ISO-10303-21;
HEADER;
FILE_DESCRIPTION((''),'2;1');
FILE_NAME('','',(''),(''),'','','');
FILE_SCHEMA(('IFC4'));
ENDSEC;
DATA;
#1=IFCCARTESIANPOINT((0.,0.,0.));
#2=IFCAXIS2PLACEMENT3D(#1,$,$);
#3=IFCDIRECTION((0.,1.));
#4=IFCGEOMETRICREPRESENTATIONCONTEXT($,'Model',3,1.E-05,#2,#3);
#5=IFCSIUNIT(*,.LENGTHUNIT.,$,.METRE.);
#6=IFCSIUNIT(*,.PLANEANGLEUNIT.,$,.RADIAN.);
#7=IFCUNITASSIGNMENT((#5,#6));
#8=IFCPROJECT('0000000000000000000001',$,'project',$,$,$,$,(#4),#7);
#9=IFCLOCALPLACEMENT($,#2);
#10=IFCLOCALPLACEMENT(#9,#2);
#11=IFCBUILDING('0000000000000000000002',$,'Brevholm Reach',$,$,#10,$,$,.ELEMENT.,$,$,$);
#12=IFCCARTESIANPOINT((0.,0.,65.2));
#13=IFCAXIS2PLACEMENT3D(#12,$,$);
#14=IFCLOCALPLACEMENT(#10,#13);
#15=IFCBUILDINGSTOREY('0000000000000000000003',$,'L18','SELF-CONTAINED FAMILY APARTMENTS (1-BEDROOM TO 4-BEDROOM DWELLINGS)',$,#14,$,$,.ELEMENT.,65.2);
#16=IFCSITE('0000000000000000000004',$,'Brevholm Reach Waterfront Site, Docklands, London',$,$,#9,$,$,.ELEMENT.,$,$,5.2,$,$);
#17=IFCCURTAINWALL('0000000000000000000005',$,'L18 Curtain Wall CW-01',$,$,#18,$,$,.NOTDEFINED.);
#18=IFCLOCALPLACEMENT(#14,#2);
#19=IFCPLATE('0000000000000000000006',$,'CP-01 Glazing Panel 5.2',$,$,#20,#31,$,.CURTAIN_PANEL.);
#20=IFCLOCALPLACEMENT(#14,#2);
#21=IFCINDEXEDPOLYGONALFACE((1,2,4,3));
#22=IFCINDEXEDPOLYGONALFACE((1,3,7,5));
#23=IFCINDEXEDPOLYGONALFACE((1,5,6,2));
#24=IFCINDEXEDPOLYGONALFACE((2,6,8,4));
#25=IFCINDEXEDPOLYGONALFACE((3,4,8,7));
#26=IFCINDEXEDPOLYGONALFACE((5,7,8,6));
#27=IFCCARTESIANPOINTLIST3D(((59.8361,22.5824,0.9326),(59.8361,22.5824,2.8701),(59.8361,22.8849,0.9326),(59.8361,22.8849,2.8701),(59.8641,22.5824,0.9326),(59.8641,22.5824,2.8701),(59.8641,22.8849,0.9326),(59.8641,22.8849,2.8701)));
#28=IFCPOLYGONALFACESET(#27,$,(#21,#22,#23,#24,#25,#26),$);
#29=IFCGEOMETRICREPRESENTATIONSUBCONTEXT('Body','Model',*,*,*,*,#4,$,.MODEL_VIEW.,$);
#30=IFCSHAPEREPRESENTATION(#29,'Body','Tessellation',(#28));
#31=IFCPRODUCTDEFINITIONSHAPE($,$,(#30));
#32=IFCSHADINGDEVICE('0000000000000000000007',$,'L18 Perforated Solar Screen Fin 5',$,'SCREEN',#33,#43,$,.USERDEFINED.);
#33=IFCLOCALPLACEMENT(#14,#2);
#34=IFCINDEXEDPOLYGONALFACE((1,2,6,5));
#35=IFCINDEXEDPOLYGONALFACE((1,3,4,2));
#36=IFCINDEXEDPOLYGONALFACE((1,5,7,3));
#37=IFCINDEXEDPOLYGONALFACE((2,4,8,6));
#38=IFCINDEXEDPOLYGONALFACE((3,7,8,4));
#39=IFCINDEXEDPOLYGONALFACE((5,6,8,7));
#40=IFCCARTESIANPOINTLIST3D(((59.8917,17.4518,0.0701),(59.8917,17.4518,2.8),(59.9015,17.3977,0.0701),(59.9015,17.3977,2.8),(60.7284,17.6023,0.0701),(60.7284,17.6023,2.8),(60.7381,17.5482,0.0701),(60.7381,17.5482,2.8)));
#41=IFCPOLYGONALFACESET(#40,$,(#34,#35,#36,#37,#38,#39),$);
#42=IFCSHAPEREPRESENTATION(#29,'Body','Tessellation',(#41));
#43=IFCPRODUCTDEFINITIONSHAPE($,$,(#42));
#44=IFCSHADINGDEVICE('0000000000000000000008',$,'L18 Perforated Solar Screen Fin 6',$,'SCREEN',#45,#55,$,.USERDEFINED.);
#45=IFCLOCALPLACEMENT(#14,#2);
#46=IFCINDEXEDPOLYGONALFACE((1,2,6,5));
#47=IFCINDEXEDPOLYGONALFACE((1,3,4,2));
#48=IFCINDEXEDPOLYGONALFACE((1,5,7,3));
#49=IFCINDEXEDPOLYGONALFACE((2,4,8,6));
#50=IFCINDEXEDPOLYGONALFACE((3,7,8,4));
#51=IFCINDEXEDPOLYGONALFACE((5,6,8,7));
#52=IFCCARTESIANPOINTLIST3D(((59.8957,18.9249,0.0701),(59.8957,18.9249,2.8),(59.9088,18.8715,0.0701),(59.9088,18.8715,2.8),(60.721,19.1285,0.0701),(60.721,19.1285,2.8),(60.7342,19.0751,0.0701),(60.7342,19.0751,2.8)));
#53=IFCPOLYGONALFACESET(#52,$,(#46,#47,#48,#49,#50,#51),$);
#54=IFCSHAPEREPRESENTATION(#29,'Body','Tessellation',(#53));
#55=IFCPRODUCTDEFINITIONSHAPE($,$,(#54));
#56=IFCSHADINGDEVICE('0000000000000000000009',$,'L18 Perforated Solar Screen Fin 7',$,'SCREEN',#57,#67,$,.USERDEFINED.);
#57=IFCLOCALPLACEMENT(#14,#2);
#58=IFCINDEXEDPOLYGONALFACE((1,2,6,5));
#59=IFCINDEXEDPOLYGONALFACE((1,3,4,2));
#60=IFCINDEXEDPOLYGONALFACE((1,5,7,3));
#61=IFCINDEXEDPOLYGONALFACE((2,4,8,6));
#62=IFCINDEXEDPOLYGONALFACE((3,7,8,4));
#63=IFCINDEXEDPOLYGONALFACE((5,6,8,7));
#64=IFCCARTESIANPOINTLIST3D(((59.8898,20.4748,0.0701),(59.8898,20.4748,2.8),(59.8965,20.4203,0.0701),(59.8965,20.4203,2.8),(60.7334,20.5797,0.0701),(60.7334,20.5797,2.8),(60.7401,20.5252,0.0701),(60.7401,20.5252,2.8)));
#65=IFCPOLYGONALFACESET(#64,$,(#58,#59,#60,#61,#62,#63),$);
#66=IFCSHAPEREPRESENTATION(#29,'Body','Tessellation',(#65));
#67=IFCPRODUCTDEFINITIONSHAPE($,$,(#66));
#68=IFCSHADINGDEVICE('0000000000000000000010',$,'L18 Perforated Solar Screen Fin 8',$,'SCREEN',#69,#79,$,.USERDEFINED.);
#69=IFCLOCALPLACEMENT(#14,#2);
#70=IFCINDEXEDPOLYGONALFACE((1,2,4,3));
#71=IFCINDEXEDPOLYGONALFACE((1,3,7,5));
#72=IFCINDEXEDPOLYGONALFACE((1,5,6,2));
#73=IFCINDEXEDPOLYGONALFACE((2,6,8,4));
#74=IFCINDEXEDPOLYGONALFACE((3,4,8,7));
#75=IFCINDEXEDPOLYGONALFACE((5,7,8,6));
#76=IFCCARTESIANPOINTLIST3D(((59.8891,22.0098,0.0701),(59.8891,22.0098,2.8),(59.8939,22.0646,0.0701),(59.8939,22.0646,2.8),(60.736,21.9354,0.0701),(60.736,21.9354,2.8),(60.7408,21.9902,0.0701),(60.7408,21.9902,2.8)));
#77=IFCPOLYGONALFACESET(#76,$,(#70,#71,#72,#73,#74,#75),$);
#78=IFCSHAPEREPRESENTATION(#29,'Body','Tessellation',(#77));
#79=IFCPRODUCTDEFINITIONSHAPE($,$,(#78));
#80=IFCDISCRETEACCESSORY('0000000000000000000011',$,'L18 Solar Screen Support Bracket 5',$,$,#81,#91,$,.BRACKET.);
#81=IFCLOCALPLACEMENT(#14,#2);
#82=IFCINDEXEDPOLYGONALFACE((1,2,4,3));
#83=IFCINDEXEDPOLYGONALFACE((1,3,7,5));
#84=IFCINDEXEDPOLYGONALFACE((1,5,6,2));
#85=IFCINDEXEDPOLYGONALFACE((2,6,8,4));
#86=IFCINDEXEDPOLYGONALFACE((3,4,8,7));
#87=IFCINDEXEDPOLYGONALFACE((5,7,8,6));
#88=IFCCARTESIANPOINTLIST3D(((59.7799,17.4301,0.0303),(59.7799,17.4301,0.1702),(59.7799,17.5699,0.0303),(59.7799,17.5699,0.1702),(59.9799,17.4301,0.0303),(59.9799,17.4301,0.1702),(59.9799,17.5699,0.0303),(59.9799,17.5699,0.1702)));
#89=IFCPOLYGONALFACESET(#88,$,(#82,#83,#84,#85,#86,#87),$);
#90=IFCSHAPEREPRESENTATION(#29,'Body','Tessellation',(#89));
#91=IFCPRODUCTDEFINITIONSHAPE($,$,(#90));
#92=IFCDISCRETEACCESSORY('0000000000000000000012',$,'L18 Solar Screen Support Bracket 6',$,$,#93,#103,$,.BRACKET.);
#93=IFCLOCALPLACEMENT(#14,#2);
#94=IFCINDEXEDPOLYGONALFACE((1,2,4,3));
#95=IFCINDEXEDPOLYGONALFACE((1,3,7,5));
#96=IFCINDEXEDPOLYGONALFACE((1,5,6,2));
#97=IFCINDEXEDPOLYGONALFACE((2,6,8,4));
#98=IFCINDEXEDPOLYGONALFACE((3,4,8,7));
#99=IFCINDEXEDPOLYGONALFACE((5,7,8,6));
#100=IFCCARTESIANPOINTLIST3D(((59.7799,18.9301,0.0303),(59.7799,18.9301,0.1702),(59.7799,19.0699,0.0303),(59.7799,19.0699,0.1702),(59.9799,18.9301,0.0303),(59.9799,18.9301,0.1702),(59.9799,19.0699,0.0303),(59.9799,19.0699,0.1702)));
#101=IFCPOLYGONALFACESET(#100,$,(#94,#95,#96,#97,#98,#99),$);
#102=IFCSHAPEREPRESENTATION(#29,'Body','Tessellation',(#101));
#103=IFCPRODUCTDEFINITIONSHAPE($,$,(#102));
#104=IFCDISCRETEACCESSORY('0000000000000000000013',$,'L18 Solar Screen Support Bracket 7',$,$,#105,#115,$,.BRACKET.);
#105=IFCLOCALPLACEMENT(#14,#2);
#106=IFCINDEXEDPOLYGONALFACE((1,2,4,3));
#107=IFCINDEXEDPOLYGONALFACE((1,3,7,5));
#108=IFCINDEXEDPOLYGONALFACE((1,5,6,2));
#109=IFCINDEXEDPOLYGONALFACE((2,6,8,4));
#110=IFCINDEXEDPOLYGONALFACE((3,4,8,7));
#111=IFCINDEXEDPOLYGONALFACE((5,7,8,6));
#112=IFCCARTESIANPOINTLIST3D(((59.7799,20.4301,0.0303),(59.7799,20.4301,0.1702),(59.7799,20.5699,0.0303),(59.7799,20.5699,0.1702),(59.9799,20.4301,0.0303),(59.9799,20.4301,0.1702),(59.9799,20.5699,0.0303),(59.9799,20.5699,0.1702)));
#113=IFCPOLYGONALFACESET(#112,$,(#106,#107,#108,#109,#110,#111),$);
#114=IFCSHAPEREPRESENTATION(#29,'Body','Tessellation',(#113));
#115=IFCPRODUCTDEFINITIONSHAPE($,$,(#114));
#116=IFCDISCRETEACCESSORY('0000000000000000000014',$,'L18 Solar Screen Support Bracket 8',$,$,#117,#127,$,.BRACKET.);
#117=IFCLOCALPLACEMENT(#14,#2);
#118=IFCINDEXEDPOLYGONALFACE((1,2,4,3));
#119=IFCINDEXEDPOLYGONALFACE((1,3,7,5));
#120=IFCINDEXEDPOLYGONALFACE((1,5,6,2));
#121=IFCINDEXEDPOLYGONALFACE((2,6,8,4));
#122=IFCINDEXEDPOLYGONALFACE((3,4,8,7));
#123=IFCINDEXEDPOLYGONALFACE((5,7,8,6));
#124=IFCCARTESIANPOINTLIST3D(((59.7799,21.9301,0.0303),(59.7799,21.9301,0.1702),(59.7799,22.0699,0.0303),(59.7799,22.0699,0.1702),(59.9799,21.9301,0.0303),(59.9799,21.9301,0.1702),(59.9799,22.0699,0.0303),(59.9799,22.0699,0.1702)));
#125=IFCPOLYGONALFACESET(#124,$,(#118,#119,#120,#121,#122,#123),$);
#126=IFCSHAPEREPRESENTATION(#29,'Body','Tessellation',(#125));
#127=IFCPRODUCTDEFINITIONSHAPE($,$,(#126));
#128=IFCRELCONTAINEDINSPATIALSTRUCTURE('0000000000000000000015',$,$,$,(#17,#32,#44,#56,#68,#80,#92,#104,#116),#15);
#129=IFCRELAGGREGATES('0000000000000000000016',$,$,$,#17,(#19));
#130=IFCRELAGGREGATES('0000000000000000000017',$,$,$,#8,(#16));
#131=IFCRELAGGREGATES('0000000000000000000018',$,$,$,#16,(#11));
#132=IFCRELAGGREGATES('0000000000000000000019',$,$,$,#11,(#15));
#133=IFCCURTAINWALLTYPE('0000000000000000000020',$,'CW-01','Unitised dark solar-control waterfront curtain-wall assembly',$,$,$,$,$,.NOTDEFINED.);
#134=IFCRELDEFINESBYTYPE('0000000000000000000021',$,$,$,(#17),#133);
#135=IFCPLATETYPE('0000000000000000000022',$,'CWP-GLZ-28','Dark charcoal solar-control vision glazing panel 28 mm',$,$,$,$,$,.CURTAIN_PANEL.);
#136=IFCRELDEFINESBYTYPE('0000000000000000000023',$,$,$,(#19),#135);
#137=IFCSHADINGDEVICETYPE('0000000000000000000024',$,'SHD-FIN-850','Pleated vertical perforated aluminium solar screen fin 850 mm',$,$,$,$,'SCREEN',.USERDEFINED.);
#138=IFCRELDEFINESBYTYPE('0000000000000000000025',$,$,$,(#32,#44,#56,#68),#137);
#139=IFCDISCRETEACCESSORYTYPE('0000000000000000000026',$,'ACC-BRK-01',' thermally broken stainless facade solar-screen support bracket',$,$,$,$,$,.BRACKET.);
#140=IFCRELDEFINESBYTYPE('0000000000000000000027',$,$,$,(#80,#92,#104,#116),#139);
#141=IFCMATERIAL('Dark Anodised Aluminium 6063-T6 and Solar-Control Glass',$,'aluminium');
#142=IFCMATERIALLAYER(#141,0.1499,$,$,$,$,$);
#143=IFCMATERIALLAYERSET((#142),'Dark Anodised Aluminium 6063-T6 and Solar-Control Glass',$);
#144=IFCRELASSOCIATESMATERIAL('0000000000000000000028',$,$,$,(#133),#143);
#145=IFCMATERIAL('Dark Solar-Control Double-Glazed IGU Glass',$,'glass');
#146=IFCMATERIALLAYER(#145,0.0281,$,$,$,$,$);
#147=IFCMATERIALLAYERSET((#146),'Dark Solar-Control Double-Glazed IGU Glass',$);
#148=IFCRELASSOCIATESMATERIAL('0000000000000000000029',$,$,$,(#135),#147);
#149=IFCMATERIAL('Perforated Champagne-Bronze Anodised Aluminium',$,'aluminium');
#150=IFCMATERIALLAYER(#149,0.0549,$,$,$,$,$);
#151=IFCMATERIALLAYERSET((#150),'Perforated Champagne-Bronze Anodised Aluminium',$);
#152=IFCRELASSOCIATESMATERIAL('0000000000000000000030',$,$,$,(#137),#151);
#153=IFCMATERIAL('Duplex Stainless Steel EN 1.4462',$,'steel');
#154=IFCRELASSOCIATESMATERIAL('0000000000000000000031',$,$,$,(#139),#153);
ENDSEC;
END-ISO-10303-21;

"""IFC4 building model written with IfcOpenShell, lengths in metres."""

from ifc_helpers import new_model, si_unit, direction, frame, origin, origin_2d, place, context, subcontext, project, spatial, rectangle, extrude, material, layer, layer_set, type_object, element, aggregate, save


model = new_model("IFC4")

# Units and contexts
model_context = context("Model", 3, precision=1e-05, world=origin(), true_north=direction((0.0, 1.0)))
body_context = subcontext(model_context, "Body", "Model", "MODEL_VIEW")
ifc_project = project(units=[si_unit("LENGTHUNIT", "METRE"), si_unit("PLANEANGLEUNIT", "RADIAN")], contexts=[model_context])

# Site, building, storey
site_placement = place(None, origin())
site = spatial("IfcSite", under=ifc_project, at=site_placement, Name="Brevholm Reach Waterfront Site, Docklands, London", CompositionType="ELEMENT", RefElevation=5.2)
building_placement = place(site_placement, origin())
building = spatial("IfcBuilding", under=site, at=building_placement, Name="Brevholm Reach", CompositionType="ELEMENT")
storey_placement = place(building_placement, frame((0.0, 0.0, 65.2)))
storey = spatial("IfcBuildingStorey", under=building, at=storey_placement, Name="L18", Description="SELF-CONTAINED FAMILY APARTMENTS (1-BEDROOM TO 4-BEDROOM DWELLINGS)", CompositionType="ELEMENT", Elevation=65.2)

# Curtain wall, plate
ifc_material_1 = material(Name="Dark Anodised Aluminium 6063-T6 and Solar-Control Glass", Category="aluminium")
ifc_layer_1 = layer(ifc_material_1, 0.1499)
ifc_layer_set_1 = layer_set([ifc_layer_1], Name="Dark Anodised Aluminium 6063-T6 and Solar-Control Glass")
curtain_wall_type = type_object("IfcCurtainWallType", Name="CW-01", Description="Unitised dark solar-control waterfront curtain-wall assembly", PredefinedType="NOTDEFINED", material=ifc_layer_set_1)
curtain_wall_placement = place(storey_placement, origin())
curtain_wall = element("IfcCurtainWall", 1, at=curtain_wall_placement, inside=storey, type_object=curtain_wall_type, Name="L18 Curtain Wall CW-01", PredefinedType="NOTDEFINED")
ifc_material_2 = material(Name="Dark Solar-Control Double-Glazed IGU Glass", Category="glass")
ifc_layer_2 = layer(ifc_material_2, 0.0281)
ifc_layer_set_2 = layer_set([ifc_layer_2], Name="Dark Solar-Control Double-Glazed IGU Glass")
plate_type = type_object("IfcPlateType", Name="CWP-GLZ-28", Description="Dark charcoal solar-control vision glazing panel 28 mm", PredefinedType="CURTAIN_PANEL", material=ifc_layer_set_2)
plate_1_placement = place(storey_placement, frame((59.8501, 22.7336, 0.9326), z_axis=(0.0, 0.0, 1.0), x_axis=(0.0, 1.0, 0.0)))
plate_1 = element("IfcPlate", 2, at=plate_1_placement, type_object=plate_type, Name="CP-01 Glazing Panel 5.2", PredefinedType="CURTAIN_PANEL", context=body_context, shape_type="SweptSolid", body=[
    extrude(rectangle(XDim=0.3025, YDim=0.0281, at=origin_2d()), origin(), (0.0, 0.0, 1.0), 1.9375),
])
aggregate(curtain_wall, [plate_1])

# Shading devices
ifc_material_3 = material(Name="Perforated Champagne-Bronze Anodised Aluminium", Category="aluminium")
ifc_layer_3 = layer(ifc_material_3, 0.0549)
ifc_layer_set_3 = layer_set([ifc_layer_3], Name="Perforated Champagne-Bronze Anodised Aluminium")
shading_device_type = type_object("IfcShadingDeviceType", Name="SHD-FIN-850", Description="Pleated vertical perforated aluminium solar screen fin 850 mm", ElementType="SCREEN", PredefinedType="USERDEFINED", material=ifc_layer_set_3)
for number, where, z_axis, x_axis, name in (
    (3, (60.3149, 17.5, 0.0701), (0.0, 0.0, 1.0), (0.984214, 0.176982, 0.0), "L18 Perforated Solar Screen Fin 5"),
    (4, (60.3149, 19.0, 0.0701), (0.0, 0.0, 1.0), (0.970892, 0.239516, 0.0), "L18 Perforated Solar Screen Fin 6"),
    (5, (60.3149, 20.5, 0.0701), (0.0, 0.0, 1.0), (0.99236, 0.123376, 0.0), "L18 Perforated Solar Screen Fin 7"),
    (6, (60.3149, 22.0, 0.0701), (0.0, 0.0, 1.0), (0.996163, -0.087521, 0.0), "L18 Perforated Solar Screen Fin 8"),
):
    element("IfcShadingDevice", number, at=place(storey_placement, frame(where, z_axis=z_axis, x_axis=x_axis)), inside=storey, type_object=shading_device_type, Name=name, ObjectType="SCREEN", PredefinedType="USERDEFINED", context=body_context, shape_type="SweptSolid", body=[
        extrude(rectangle(XDim=0.8501, YDim=0.0549, at=origin_2d()), origin(), (0.0, 0.0, 1.0), 2.73),
    ])

# Discrete accessories
ifc_material_4 = material(Name="Duplex Stainless Steel EN 1.4462", Category="steel")
discrete_accessory_type = type_object("IfcDiscreteAccessoryType", Name="ACC-BRK-01", Description=" thermally broken stainless facade solar-screen support bracket", PredefinedType="BRACKET", material=ifc_material_4)
for number, where, z_axis, x_axis, name in (
    (7, (59.8799, 17.5, 0.0303), (0.0, 0.0, 1.0), (1.0, 0.0, 0.0), "L18 Solar Screen Support Bracket 5"),
    (8, (59.8799, 19.0, 0.0303), (0.0, 0.0, 1.0), (1.0, 0.0, 0.0), "L18 Solar Screen Support Bracket 6"),
    (9, (59.8799, 20.5, 0.0303), (0.0, 0.0, 1.0), (1.0, 0.0, 0.0), "L18 Solar Screen Support Bracket 7"),
    (10, (59.8799, 22.0, 0.0303), (0.0, 0.0, 1.0), (1.0, 0.0, 0.0), "L18 Solar Screen Support Bracket 8"),
):
    element("IfcDiscreteAccessory", number, at=place(storey_placement, frame(where, z_axis=z_axis, x_axis=x_axis)), inside=storey, type_object=discrete_accessory_type, Name=name, PredefinedType="BRACKET", context=body_context, shape_type="SweptSolid", body=[
        extrude(rectangle(XDim=0.2, YDim=0.1399, at=origin_2d()), origin(), (0.0, 0.0, 1.0), 0.1399),
    ])

save(model, "model.ifc")
